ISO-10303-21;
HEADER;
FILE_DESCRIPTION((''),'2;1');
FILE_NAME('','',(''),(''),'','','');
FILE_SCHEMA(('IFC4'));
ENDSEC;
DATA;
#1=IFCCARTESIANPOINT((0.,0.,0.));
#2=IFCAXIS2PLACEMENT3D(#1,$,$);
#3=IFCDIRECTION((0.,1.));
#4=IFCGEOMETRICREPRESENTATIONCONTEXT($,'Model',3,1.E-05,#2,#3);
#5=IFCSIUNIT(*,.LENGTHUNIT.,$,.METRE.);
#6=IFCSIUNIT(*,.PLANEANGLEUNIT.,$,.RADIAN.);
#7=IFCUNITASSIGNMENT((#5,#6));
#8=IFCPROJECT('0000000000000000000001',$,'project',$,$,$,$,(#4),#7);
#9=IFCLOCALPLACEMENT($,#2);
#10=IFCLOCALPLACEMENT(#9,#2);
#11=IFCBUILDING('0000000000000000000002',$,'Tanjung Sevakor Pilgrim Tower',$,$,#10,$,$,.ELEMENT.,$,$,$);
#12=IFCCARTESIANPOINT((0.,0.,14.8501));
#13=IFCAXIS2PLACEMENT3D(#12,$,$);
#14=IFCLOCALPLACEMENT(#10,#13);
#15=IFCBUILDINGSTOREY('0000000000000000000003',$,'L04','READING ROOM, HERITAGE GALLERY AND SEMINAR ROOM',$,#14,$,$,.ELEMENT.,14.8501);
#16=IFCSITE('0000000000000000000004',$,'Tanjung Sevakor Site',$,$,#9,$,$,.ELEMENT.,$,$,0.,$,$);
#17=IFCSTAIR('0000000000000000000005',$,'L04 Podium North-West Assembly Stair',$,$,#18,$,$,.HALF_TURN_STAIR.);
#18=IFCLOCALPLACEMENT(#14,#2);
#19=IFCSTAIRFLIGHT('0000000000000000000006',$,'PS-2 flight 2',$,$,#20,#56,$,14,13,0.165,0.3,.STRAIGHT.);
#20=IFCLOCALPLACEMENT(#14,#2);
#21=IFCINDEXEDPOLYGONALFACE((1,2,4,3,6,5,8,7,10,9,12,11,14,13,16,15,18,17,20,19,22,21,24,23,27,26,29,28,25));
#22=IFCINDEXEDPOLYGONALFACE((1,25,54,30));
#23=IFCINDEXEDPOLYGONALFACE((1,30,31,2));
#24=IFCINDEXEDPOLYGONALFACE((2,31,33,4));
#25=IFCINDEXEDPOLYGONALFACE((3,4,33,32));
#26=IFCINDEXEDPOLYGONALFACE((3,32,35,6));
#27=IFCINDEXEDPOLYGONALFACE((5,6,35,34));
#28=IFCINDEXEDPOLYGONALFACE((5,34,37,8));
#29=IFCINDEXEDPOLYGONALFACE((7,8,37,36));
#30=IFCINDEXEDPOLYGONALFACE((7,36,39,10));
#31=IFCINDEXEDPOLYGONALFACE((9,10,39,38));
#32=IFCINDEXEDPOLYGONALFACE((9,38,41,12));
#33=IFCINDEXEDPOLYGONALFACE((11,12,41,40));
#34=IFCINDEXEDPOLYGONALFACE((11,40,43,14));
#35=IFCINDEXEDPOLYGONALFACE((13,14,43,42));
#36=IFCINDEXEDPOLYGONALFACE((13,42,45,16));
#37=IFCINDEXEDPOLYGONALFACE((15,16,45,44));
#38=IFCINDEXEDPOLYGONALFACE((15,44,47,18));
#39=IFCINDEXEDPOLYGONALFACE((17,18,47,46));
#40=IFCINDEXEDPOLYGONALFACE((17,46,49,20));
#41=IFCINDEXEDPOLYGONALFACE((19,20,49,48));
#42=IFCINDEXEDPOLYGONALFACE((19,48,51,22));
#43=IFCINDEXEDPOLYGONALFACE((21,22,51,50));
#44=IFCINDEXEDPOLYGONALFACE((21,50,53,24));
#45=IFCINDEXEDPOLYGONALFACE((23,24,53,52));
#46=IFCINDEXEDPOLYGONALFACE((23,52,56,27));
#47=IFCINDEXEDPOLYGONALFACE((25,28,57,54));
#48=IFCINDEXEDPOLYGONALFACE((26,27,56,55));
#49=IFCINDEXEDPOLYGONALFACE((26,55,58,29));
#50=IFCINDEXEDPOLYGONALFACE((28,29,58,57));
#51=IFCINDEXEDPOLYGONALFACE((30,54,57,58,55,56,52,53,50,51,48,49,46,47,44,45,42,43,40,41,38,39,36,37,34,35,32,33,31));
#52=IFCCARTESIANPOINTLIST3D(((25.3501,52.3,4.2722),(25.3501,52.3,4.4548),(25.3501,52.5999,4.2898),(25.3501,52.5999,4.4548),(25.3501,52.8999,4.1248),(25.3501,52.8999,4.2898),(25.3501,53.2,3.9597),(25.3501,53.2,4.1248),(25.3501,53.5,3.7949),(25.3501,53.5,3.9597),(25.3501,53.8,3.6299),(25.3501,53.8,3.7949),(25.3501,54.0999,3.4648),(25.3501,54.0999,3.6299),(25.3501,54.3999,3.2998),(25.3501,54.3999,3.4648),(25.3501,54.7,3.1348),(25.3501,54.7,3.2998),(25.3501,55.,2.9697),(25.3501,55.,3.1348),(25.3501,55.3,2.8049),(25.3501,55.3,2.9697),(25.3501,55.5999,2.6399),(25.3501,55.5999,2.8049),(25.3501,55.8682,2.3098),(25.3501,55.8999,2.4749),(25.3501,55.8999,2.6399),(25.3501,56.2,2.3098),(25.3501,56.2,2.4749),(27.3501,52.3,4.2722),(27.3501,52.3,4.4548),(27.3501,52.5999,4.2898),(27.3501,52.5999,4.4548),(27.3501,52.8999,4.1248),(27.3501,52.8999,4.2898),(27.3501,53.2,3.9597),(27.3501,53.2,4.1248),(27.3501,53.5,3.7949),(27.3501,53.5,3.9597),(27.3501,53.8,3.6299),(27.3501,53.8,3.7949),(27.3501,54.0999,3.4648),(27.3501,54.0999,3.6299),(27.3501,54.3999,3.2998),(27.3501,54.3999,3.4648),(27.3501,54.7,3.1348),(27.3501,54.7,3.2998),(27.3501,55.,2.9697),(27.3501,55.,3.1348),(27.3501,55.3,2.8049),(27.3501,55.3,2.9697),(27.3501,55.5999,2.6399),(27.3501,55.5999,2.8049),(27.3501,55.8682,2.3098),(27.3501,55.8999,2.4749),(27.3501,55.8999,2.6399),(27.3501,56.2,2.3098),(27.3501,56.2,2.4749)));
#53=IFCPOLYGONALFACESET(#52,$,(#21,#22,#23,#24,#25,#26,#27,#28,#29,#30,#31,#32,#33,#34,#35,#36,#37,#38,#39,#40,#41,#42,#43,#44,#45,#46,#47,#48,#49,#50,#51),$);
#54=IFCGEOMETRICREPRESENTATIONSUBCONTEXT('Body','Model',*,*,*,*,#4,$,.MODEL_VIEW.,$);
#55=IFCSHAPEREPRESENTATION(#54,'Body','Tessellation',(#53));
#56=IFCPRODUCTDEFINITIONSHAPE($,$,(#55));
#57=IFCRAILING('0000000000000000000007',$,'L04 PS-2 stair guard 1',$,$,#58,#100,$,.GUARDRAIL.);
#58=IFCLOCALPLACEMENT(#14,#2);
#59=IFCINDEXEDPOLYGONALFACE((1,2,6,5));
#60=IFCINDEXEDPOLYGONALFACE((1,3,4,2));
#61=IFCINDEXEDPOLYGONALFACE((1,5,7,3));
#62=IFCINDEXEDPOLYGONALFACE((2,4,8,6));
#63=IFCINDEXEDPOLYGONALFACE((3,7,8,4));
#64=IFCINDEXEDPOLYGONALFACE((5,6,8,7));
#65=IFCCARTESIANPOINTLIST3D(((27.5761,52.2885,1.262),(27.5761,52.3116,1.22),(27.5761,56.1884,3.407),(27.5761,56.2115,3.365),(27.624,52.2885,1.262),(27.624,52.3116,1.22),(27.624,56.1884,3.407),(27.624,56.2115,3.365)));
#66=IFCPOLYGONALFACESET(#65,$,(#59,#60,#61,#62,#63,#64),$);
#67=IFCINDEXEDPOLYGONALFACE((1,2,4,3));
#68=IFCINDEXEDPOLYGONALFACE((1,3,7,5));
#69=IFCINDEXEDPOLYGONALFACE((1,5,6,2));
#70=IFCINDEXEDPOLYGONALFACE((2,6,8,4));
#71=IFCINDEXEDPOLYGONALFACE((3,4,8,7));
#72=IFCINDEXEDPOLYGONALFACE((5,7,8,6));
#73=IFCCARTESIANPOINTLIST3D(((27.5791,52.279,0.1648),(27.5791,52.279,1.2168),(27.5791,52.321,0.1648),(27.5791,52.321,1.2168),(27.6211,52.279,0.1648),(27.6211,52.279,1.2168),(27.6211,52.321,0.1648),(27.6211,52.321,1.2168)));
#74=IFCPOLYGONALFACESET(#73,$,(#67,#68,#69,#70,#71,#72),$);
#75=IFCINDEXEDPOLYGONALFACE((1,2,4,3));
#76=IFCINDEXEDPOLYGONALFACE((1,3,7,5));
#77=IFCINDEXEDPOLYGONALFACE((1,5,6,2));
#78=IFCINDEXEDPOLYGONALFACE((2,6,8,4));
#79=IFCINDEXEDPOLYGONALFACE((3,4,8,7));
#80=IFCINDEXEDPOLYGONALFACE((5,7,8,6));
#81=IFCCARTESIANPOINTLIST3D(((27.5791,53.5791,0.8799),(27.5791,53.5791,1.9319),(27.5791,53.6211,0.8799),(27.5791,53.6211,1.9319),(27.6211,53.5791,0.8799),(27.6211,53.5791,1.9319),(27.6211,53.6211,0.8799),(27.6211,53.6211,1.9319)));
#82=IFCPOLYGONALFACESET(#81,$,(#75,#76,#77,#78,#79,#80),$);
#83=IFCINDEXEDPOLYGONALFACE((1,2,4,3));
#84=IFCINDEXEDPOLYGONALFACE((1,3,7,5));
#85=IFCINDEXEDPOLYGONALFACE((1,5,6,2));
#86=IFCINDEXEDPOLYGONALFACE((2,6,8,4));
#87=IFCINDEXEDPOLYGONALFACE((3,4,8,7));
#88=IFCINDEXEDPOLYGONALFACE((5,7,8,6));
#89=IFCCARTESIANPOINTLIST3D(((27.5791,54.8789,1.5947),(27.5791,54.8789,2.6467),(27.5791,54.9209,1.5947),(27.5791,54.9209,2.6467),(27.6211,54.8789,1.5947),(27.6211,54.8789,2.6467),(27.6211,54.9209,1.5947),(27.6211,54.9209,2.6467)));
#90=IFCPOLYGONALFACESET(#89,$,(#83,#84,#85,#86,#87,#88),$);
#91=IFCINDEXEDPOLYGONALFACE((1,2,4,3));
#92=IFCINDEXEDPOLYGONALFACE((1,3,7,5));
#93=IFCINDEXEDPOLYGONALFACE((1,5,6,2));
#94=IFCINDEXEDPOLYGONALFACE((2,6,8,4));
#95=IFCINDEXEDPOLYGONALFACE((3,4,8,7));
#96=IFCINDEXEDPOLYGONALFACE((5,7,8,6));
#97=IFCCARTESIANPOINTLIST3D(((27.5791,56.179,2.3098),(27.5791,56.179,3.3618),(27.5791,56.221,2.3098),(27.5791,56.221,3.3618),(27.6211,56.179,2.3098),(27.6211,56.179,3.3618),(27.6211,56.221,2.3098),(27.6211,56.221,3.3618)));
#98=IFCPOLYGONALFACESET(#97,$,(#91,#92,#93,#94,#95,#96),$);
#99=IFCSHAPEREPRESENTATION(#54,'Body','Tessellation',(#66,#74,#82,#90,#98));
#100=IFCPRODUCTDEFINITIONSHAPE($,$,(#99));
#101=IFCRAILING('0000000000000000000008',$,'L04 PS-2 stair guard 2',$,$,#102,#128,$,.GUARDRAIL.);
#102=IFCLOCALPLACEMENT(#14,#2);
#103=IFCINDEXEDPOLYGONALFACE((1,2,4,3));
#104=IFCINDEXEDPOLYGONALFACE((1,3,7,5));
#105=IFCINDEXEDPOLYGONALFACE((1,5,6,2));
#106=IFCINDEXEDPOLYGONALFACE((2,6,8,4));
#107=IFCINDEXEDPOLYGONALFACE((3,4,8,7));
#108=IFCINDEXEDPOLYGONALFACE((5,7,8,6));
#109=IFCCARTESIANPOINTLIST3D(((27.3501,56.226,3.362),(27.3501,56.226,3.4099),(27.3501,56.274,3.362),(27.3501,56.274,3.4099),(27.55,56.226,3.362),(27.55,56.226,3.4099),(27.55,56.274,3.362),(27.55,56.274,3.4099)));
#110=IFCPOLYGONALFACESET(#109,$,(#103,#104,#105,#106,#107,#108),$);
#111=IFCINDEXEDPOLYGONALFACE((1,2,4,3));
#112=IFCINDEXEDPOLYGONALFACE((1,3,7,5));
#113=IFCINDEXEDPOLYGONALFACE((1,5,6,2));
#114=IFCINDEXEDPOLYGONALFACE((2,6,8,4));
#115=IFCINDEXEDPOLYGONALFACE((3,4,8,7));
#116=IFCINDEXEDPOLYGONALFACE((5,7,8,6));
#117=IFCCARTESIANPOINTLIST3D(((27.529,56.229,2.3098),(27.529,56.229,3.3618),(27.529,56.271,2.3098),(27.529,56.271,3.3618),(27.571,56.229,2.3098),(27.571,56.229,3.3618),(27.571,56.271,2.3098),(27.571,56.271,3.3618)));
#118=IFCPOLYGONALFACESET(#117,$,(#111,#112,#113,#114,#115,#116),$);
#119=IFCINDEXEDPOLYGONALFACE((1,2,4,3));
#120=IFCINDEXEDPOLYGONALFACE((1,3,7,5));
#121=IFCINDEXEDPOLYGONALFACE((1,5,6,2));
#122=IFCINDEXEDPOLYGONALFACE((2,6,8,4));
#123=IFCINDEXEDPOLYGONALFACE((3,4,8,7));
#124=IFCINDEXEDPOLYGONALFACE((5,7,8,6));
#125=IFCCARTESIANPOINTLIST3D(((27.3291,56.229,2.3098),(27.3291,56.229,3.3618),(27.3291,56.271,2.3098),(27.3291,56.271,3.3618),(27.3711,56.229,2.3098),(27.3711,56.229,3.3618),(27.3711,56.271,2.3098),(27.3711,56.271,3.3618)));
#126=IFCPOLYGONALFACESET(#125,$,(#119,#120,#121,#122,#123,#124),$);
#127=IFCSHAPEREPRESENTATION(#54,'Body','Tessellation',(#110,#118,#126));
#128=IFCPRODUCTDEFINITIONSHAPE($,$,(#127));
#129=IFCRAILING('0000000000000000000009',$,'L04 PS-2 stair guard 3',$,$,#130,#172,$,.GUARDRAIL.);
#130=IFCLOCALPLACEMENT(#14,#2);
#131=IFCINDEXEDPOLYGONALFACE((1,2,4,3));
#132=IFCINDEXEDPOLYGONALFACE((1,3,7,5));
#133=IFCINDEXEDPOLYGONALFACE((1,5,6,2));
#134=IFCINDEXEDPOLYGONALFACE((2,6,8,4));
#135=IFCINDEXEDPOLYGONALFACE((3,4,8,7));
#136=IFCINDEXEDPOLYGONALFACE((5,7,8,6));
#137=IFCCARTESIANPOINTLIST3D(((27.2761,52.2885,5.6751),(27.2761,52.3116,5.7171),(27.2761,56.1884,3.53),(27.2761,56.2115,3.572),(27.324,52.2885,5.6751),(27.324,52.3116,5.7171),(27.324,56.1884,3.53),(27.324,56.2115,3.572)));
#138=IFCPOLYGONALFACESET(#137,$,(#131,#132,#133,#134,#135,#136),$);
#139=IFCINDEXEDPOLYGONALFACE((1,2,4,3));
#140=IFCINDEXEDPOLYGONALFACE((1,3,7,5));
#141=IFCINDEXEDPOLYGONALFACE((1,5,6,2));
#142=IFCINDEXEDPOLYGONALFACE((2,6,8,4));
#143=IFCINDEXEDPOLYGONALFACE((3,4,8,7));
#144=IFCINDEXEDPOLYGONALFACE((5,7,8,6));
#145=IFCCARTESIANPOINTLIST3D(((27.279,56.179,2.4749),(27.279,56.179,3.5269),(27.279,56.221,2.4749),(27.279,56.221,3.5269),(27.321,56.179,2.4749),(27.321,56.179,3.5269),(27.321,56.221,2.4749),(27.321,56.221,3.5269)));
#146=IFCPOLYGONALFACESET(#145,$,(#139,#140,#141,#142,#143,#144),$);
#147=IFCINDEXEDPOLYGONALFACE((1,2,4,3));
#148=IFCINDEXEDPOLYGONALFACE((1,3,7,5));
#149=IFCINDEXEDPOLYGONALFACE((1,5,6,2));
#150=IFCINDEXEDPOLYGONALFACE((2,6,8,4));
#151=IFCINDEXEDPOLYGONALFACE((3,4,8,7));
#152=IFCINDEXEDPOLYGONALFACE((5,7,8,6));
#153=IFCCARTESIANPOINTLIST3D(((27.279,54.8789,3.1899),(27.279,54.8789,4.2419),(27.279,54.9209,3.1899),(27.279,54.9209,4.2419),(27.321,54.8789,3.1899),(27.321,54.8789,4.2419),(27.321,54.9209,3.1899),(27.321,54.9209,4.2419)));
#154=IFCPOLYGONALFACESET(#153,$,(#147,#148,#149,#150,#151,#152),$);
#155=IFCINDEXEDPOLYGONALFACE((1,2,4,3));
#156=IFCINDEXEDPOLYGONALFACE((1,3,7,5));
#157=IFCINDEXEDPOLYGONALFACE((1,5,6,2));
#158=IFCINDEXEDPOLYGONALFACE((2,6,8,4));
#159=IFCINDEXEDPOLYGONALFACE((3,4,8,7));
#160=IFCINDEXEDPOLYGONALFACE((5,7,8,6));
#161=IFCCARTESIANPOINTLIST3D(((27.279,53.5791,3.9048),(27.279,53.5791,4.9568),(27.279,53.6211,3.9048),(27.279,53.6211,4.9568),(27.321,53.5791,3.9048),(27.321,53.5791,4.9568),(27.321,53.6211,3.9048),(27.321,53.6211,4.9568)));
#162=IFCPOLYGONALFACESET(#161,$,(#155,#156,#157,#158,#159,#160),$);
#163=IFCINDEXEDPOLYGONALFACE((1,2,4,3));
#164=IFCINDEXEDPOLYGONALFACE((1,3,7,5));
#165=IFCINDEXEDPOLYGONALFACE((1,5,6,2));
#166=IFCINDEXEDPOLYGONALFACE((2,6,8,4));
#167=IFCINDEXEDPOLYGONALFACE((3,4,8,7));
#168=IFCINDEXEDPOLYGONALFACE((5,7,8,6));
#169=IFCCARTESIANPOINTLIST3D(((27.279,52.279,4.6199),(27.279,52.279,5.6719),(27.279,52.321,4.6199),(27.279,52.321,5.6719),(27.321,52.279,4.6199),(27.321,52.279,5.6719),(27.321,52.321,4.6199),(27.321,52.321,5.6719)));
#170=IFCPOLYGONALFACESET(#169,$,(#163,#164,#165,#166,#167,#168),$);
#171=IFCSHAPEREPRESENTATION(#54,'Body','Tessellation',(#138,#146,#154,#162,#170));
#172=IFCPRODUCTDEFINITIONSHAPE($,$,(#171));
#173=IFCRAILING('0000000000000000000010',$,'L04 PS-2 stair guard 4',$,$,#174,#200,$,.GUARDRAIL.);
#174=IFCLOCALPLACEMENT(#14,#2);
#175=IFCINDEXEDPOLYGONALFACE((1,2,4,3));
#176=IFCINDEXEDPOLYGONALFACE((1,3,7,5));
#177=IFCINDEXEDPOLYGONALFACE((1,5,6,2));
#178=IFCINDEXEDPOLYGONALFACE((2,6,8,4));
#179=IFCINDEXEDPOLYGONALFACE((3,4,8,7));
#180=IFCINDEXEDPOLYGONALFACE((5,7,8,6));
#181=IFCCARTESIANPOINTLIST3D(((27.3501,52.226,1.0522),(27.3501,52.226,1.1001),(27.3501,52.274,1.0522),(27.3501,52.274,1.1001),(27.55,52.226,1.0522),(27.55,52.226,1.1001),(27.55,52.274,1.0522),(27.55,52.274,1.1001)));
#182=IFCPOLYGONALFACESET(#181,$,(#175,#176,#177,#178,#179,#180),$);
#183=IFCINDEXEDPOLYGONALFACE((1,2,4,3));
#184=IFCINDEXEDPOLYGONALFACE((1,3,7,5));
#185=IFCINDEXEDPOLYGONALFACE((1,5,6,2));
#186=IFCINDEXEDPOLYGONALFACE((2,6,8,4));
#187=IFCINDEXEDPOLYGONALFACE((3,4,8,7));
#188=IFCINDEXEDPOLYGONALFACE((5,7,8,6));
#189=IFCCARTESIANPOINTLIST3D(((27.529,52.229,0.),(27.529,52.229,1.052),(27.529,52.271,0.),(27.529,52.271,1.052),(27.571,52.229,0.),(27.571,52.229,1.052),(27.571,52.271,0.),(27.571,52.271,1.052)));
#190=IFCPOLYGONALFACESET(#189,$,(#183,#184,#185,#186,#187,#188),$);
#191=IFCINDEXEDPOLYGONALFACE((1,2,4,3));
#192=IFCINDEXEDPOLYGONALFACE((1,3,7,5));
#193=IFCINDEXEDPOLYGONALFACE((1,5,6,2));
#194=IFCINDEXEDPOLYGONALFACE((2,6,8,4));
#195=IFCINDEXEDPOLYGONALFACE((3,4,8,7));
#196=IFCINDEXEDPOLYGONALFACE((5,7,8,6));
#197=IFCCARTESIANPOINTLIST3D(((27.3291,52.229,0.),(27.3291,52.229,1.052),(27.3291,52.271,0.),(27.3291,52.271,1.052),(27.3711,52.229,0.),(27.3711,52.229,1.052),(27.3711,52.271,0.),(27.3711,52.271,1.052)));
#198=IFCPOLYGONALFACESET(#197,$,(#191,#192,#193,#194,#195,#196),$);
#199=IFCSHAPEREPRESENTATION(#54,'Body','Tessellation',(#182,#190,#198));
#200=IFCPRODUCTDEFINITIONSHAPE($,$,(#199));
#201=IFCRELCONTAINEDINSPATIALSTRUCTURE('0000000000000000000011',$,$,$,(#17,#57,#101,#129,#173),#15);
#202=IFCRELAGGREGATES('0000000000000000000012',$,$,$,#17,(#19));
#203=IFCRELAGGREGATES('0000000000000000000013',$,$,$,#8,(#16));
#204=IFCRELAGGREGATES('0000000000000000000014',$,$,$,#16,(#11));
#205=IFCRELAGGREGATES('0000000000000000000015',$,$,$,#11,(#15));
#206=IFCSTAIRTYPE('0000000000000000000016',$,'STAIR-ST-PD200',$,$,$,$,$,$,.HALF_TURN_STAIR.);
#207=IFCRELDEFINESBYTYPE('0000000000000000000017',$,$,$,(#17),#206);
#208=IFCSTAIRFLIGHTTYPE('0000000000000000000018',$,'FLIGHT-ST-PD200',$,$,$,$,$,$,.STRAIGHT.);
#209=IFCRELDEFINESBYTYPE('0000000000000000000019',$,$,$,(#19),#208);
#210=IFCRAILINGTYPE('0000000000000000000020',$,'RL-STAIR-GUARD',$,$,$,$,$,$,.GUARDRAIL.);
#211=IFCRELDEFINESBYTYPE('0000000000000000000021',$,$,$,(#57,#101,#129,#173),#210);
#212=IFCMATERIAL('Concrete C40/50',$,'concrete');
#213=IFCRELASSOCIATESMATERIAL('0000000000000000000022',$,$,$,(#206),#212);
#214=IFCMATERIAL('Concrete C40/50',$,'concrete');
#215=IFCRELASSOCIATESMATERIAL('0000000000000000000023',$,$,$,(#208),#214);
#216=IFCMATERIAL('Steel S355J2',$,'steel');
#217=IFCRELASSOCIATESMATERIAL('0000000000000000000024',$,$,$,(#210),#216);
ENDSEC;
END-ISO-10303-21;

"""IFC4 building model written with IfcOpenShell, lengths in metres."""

from ifc_helpers import new_model, si_unit, direction, frame, origin, place, context, subcontext, project, spatial, polyline, rectangle, outline, extrude, material, type_object, element, aggregate, save


model = new_model("IFC4")

# Units and contexts
model_context = context("Model", 3, precision=1e-05, world=origin(), true_north=direction((0.0, 1.0)))
body_context = subcontext(model_context, "Body", "Model", "MODEL_VIEW")
ifc_project = project(units=[si_unit("LENGTHUNIT", "METRE"), si_unit("PLANEANGLEUNIT", "RADIAN")], contexts=[model_context])

# Site, building, storey
site_placement = place(None, origin())
site = spatial("IfcSite", under=ifc_project, at=site_placement, Name="Tanjung Sevakor Site", CompositionType="ELEMENT", RefElevation=0.0)
building_placement = place(site_placement, origin())
building = spatial("IfcBuilding", under=site, at=building_placement, Name="Tanjung Sevakor Pilgrim Tower", CompositionType="ELEMENT")
storey_placement = place(building_placement, frame((0.0, 0.0, 14.8501)))
storey = spatial("IfcBuildingStorey", under=building, at=storey_placement, Name="L04", Description="READING ROOM, HERITAGE GALLERY AND SEMINAR ROOM", CompositionType="ELEMENT", Elevation=14.8501)

# Stair, stair flight
ifc_material_1 = material(Name="Concrete C40/50", Category="concrete")
stair_type = type_object("IfcStairType", Name="STAIR-ST-PD200", PredefinedType="HALF_TURN_STAIR", material=ifc_material_1)
stair_placement = place(storey_placement, origin())
stair = element("IfcStair", 1, at=stair_placement, inside=storey, type_object=stair_type, Name="L04 Podium North-West Assembly Stair", PredefinedType="HALF_TURN_STAIR")
ifc_material_2 = material(Name="Concrete C40/50", Category="concrete")
stair_flight_type = type_object("IfcStairFlightType", Name="FLIGHT-ST-PD200", PredefinedType="STRAIGHT", material=ifc_material_2)
stair_flight_placement = place(storey_placement, frame((26.3501, 56.2, 2.3098), z_axis=(0.0, 0.0, 1.0), x_axis=(0.0, -1.0, 0.0)))
stair_flight = element("IfcStairFlight", 2, at=stair_flight_placement, type_object=stair_flight_type, Name="PS-2 flight 2", NumberOfRisers=14, NumberOfTreads=13, PredefinedType="STRAIGHT", RiserHeight=0.165, TreadLength=0.3, context=body_context, shape_type="SweptSolid", body=[
    extrude(outline(polyline([(0.0, 0.0), (0.0, 0.165), (0.3, 0.165), (0.3, 0.3301), (0.6001, 0.3301), (0.6001, 0.4951), (0.8999, 0.4951), (0.8999, 0.6599), (1.2, 0.6599), (1.2, 0.825), (1.5, 0.825), (1.5, 0.99), (1.8, 0.99), (1.8, 1.155), (2.1001, 1.155), (2.1001, 1.3201), (2.3999, 1.3201), (2.3999, 1.4851), (2.7, 1.4851), (2.7, 1.6499), (3.0, 1.6499), (3.0, 1.8149), (3.3, 1.8149), (3.3, 1.98), (3.6001, 1.98), (3.6001, 2.145), (3.8999, 2.145), (3.8999, 2.3101), (3.8999, 1.9624), (0.3318, 0.0), (0.0, 0.0)])), frame((0.0, 1.0, 0.0), z_axis=(0.0, -1.0, 0.0), x_axis=(1.0, 0.0, 0.0)), (0.0, 0.0, 1.0), 2.0),
])
aggregate(stair, [stair_flight])

# Railings
ifc_material_3 = material(Name="Steel S355J2", Category="steel")
railing_type_1 = type_object("IfcRailingType", Name="RL-STAIR-GUARD", PredefinedType="GUARDRAIL", material=ifc_material_3)
railing_1_placement = place(storey_placement, frame((27.6001, 52.3, 0.1648)))
element("IfcRailing", 3, at=railing_1_placement, inside=storey, type_object=railing_type_1, Name="L04 PS-2 stair guard 1", PredefinedType="GUARDRAIL", context=body_context, shape_type="SweptSolid", body=[
    extrude(rectangle(XDim=0.0479, YDim=0.0479), frame((0.0, 0.0, 1.0762), z_axis=(0.0, 0.876209, 0.481931), x_axis=(-1.0, 0.0, 0.0)), (0.0, 0.0, 1.0), 4.4509),
    extrude(rectangle(XDim=0.042, YDim=0.042), origin(), (0.0, 0.0, 1.0), 1.052),
    extrude(rectangle(XDim=0.042, YDim=0.042), frame((0.0, 1.3, 0.7151)), (0.0, 0.0, 1.0), 1.052),
    extrude(rectangle(XDim=0.042, YDim=0.042), frame((0.0, 2.5999, 1.4299)), (0.0, 0.0, 1.0), 1.052),
    extrude(rectangle(XDim=0.042, YDim=0.042), frame((0.0, 3.8999, 2.145)), (0.0, 0.0, 1.0), 1.052),
])
railing_2_placement = place(storey_placement, frame((27.55, 56.25, 2.3098)))
element("IfcRailing", 4, at=railing_2_placement, inside=storey, type_object=railing_type_1, Name="L04 PS-2 stair guard 2", PredefinedType="GUARDRAIL", context=body_context, shape_type="SweptSolid", body=[
    extrude(rectangle(XDim=0.0479, YDim=0.0479), frame((0.0, 0.0, 1.0762), z_axis=(-1.0, 0.0, 0.0), x_axis=(0.0, -1.0, 0.0)), (0.0, 0.0, 1.0), 0.2),
    extrude(rectangle(XDim=0.042, YDim=0.042), origin(), (0.0, 0.0, 1.0), 1.052),
    extrude(rectangle(XDim=0.042, YDim=0.042), frame((-0.2, 0.0, 0.0)), (0.0, 0.0, 1.0), 1.052),
])
railing_3_placement = place(storey_placement, frame((27.3, 56.2, 2.4749)))
element("IfcRailing", 5, at=railing_3_placement, inside=storey, type_object=railing_type_1, Name="L04 PS-2 stair guard 3", PredefinedType="GUARDRAIL", context=body_context, shape_type="SweptSolid", body=[
    extrude(rectangle(XDim=0.0479, YDim=0.0479), frame((0.0, 0.0, 1.0762), z_axis=(0.0, -0.876209, 0.481931), x_axis=(1.0, 0.0, 0.0)), (0.0, 0.0, 1.0), 4.4509),
    extrude(rectangle(XDim=0.042, YDim=0.042), origin(), (0.0, 0.0, 1.0), 1.052),
    extrude(rectangle(XDim=0.042, YDim=0.042), frame((0.0, -1.3, 0.7151)), (0.0, 0.0, 1.0), 1.052),
    extrude(rectangle(XDim=0.042, YDim=0.042), frame((0.0, -2.5999, 1.4299)), (0.0, 0.0, 1.0), 1.052),
    extrude(rectangle(XDim=0.042, YDim=0.042), frame((0.0, -3.8999, 2.145)), (0.0, 0.0, 1.0), 1.052),
])
railing_4_placement = place(storey_placement, frame((27.55, 52.25, 0.0)))
element("IfcRailing", 6, at=railing_4_placement, inside=storey, type_object=railing_type_1, Name="L04 PS-2 stair guard 4", PredefinedType="GUARDRAIL", context=body_context, shape_type="SweptSolid", body=[
    extrude(rectangle(XDim=0.0479, YDim=0.0479), frame((0.0, 0.0, 1.0762), z_axis=(-1.0, 0.0, 0.0), x_axis=(0.0, -1.0, 0.0)), (0.0, 0.0, 1.0), 0.2),
    extrude(rectangle(XDim=0.042, YDim=0.042), origin(), (0.0, 0.0, 1.0), 1.052),
    extrude(rectangle(XDim=0.042, YDim=0.042), frame((-0.2, 0.0, 0.0)), (0.0, 0.0, 1.0), 1.052),
])

save(model, "model.ifc")
